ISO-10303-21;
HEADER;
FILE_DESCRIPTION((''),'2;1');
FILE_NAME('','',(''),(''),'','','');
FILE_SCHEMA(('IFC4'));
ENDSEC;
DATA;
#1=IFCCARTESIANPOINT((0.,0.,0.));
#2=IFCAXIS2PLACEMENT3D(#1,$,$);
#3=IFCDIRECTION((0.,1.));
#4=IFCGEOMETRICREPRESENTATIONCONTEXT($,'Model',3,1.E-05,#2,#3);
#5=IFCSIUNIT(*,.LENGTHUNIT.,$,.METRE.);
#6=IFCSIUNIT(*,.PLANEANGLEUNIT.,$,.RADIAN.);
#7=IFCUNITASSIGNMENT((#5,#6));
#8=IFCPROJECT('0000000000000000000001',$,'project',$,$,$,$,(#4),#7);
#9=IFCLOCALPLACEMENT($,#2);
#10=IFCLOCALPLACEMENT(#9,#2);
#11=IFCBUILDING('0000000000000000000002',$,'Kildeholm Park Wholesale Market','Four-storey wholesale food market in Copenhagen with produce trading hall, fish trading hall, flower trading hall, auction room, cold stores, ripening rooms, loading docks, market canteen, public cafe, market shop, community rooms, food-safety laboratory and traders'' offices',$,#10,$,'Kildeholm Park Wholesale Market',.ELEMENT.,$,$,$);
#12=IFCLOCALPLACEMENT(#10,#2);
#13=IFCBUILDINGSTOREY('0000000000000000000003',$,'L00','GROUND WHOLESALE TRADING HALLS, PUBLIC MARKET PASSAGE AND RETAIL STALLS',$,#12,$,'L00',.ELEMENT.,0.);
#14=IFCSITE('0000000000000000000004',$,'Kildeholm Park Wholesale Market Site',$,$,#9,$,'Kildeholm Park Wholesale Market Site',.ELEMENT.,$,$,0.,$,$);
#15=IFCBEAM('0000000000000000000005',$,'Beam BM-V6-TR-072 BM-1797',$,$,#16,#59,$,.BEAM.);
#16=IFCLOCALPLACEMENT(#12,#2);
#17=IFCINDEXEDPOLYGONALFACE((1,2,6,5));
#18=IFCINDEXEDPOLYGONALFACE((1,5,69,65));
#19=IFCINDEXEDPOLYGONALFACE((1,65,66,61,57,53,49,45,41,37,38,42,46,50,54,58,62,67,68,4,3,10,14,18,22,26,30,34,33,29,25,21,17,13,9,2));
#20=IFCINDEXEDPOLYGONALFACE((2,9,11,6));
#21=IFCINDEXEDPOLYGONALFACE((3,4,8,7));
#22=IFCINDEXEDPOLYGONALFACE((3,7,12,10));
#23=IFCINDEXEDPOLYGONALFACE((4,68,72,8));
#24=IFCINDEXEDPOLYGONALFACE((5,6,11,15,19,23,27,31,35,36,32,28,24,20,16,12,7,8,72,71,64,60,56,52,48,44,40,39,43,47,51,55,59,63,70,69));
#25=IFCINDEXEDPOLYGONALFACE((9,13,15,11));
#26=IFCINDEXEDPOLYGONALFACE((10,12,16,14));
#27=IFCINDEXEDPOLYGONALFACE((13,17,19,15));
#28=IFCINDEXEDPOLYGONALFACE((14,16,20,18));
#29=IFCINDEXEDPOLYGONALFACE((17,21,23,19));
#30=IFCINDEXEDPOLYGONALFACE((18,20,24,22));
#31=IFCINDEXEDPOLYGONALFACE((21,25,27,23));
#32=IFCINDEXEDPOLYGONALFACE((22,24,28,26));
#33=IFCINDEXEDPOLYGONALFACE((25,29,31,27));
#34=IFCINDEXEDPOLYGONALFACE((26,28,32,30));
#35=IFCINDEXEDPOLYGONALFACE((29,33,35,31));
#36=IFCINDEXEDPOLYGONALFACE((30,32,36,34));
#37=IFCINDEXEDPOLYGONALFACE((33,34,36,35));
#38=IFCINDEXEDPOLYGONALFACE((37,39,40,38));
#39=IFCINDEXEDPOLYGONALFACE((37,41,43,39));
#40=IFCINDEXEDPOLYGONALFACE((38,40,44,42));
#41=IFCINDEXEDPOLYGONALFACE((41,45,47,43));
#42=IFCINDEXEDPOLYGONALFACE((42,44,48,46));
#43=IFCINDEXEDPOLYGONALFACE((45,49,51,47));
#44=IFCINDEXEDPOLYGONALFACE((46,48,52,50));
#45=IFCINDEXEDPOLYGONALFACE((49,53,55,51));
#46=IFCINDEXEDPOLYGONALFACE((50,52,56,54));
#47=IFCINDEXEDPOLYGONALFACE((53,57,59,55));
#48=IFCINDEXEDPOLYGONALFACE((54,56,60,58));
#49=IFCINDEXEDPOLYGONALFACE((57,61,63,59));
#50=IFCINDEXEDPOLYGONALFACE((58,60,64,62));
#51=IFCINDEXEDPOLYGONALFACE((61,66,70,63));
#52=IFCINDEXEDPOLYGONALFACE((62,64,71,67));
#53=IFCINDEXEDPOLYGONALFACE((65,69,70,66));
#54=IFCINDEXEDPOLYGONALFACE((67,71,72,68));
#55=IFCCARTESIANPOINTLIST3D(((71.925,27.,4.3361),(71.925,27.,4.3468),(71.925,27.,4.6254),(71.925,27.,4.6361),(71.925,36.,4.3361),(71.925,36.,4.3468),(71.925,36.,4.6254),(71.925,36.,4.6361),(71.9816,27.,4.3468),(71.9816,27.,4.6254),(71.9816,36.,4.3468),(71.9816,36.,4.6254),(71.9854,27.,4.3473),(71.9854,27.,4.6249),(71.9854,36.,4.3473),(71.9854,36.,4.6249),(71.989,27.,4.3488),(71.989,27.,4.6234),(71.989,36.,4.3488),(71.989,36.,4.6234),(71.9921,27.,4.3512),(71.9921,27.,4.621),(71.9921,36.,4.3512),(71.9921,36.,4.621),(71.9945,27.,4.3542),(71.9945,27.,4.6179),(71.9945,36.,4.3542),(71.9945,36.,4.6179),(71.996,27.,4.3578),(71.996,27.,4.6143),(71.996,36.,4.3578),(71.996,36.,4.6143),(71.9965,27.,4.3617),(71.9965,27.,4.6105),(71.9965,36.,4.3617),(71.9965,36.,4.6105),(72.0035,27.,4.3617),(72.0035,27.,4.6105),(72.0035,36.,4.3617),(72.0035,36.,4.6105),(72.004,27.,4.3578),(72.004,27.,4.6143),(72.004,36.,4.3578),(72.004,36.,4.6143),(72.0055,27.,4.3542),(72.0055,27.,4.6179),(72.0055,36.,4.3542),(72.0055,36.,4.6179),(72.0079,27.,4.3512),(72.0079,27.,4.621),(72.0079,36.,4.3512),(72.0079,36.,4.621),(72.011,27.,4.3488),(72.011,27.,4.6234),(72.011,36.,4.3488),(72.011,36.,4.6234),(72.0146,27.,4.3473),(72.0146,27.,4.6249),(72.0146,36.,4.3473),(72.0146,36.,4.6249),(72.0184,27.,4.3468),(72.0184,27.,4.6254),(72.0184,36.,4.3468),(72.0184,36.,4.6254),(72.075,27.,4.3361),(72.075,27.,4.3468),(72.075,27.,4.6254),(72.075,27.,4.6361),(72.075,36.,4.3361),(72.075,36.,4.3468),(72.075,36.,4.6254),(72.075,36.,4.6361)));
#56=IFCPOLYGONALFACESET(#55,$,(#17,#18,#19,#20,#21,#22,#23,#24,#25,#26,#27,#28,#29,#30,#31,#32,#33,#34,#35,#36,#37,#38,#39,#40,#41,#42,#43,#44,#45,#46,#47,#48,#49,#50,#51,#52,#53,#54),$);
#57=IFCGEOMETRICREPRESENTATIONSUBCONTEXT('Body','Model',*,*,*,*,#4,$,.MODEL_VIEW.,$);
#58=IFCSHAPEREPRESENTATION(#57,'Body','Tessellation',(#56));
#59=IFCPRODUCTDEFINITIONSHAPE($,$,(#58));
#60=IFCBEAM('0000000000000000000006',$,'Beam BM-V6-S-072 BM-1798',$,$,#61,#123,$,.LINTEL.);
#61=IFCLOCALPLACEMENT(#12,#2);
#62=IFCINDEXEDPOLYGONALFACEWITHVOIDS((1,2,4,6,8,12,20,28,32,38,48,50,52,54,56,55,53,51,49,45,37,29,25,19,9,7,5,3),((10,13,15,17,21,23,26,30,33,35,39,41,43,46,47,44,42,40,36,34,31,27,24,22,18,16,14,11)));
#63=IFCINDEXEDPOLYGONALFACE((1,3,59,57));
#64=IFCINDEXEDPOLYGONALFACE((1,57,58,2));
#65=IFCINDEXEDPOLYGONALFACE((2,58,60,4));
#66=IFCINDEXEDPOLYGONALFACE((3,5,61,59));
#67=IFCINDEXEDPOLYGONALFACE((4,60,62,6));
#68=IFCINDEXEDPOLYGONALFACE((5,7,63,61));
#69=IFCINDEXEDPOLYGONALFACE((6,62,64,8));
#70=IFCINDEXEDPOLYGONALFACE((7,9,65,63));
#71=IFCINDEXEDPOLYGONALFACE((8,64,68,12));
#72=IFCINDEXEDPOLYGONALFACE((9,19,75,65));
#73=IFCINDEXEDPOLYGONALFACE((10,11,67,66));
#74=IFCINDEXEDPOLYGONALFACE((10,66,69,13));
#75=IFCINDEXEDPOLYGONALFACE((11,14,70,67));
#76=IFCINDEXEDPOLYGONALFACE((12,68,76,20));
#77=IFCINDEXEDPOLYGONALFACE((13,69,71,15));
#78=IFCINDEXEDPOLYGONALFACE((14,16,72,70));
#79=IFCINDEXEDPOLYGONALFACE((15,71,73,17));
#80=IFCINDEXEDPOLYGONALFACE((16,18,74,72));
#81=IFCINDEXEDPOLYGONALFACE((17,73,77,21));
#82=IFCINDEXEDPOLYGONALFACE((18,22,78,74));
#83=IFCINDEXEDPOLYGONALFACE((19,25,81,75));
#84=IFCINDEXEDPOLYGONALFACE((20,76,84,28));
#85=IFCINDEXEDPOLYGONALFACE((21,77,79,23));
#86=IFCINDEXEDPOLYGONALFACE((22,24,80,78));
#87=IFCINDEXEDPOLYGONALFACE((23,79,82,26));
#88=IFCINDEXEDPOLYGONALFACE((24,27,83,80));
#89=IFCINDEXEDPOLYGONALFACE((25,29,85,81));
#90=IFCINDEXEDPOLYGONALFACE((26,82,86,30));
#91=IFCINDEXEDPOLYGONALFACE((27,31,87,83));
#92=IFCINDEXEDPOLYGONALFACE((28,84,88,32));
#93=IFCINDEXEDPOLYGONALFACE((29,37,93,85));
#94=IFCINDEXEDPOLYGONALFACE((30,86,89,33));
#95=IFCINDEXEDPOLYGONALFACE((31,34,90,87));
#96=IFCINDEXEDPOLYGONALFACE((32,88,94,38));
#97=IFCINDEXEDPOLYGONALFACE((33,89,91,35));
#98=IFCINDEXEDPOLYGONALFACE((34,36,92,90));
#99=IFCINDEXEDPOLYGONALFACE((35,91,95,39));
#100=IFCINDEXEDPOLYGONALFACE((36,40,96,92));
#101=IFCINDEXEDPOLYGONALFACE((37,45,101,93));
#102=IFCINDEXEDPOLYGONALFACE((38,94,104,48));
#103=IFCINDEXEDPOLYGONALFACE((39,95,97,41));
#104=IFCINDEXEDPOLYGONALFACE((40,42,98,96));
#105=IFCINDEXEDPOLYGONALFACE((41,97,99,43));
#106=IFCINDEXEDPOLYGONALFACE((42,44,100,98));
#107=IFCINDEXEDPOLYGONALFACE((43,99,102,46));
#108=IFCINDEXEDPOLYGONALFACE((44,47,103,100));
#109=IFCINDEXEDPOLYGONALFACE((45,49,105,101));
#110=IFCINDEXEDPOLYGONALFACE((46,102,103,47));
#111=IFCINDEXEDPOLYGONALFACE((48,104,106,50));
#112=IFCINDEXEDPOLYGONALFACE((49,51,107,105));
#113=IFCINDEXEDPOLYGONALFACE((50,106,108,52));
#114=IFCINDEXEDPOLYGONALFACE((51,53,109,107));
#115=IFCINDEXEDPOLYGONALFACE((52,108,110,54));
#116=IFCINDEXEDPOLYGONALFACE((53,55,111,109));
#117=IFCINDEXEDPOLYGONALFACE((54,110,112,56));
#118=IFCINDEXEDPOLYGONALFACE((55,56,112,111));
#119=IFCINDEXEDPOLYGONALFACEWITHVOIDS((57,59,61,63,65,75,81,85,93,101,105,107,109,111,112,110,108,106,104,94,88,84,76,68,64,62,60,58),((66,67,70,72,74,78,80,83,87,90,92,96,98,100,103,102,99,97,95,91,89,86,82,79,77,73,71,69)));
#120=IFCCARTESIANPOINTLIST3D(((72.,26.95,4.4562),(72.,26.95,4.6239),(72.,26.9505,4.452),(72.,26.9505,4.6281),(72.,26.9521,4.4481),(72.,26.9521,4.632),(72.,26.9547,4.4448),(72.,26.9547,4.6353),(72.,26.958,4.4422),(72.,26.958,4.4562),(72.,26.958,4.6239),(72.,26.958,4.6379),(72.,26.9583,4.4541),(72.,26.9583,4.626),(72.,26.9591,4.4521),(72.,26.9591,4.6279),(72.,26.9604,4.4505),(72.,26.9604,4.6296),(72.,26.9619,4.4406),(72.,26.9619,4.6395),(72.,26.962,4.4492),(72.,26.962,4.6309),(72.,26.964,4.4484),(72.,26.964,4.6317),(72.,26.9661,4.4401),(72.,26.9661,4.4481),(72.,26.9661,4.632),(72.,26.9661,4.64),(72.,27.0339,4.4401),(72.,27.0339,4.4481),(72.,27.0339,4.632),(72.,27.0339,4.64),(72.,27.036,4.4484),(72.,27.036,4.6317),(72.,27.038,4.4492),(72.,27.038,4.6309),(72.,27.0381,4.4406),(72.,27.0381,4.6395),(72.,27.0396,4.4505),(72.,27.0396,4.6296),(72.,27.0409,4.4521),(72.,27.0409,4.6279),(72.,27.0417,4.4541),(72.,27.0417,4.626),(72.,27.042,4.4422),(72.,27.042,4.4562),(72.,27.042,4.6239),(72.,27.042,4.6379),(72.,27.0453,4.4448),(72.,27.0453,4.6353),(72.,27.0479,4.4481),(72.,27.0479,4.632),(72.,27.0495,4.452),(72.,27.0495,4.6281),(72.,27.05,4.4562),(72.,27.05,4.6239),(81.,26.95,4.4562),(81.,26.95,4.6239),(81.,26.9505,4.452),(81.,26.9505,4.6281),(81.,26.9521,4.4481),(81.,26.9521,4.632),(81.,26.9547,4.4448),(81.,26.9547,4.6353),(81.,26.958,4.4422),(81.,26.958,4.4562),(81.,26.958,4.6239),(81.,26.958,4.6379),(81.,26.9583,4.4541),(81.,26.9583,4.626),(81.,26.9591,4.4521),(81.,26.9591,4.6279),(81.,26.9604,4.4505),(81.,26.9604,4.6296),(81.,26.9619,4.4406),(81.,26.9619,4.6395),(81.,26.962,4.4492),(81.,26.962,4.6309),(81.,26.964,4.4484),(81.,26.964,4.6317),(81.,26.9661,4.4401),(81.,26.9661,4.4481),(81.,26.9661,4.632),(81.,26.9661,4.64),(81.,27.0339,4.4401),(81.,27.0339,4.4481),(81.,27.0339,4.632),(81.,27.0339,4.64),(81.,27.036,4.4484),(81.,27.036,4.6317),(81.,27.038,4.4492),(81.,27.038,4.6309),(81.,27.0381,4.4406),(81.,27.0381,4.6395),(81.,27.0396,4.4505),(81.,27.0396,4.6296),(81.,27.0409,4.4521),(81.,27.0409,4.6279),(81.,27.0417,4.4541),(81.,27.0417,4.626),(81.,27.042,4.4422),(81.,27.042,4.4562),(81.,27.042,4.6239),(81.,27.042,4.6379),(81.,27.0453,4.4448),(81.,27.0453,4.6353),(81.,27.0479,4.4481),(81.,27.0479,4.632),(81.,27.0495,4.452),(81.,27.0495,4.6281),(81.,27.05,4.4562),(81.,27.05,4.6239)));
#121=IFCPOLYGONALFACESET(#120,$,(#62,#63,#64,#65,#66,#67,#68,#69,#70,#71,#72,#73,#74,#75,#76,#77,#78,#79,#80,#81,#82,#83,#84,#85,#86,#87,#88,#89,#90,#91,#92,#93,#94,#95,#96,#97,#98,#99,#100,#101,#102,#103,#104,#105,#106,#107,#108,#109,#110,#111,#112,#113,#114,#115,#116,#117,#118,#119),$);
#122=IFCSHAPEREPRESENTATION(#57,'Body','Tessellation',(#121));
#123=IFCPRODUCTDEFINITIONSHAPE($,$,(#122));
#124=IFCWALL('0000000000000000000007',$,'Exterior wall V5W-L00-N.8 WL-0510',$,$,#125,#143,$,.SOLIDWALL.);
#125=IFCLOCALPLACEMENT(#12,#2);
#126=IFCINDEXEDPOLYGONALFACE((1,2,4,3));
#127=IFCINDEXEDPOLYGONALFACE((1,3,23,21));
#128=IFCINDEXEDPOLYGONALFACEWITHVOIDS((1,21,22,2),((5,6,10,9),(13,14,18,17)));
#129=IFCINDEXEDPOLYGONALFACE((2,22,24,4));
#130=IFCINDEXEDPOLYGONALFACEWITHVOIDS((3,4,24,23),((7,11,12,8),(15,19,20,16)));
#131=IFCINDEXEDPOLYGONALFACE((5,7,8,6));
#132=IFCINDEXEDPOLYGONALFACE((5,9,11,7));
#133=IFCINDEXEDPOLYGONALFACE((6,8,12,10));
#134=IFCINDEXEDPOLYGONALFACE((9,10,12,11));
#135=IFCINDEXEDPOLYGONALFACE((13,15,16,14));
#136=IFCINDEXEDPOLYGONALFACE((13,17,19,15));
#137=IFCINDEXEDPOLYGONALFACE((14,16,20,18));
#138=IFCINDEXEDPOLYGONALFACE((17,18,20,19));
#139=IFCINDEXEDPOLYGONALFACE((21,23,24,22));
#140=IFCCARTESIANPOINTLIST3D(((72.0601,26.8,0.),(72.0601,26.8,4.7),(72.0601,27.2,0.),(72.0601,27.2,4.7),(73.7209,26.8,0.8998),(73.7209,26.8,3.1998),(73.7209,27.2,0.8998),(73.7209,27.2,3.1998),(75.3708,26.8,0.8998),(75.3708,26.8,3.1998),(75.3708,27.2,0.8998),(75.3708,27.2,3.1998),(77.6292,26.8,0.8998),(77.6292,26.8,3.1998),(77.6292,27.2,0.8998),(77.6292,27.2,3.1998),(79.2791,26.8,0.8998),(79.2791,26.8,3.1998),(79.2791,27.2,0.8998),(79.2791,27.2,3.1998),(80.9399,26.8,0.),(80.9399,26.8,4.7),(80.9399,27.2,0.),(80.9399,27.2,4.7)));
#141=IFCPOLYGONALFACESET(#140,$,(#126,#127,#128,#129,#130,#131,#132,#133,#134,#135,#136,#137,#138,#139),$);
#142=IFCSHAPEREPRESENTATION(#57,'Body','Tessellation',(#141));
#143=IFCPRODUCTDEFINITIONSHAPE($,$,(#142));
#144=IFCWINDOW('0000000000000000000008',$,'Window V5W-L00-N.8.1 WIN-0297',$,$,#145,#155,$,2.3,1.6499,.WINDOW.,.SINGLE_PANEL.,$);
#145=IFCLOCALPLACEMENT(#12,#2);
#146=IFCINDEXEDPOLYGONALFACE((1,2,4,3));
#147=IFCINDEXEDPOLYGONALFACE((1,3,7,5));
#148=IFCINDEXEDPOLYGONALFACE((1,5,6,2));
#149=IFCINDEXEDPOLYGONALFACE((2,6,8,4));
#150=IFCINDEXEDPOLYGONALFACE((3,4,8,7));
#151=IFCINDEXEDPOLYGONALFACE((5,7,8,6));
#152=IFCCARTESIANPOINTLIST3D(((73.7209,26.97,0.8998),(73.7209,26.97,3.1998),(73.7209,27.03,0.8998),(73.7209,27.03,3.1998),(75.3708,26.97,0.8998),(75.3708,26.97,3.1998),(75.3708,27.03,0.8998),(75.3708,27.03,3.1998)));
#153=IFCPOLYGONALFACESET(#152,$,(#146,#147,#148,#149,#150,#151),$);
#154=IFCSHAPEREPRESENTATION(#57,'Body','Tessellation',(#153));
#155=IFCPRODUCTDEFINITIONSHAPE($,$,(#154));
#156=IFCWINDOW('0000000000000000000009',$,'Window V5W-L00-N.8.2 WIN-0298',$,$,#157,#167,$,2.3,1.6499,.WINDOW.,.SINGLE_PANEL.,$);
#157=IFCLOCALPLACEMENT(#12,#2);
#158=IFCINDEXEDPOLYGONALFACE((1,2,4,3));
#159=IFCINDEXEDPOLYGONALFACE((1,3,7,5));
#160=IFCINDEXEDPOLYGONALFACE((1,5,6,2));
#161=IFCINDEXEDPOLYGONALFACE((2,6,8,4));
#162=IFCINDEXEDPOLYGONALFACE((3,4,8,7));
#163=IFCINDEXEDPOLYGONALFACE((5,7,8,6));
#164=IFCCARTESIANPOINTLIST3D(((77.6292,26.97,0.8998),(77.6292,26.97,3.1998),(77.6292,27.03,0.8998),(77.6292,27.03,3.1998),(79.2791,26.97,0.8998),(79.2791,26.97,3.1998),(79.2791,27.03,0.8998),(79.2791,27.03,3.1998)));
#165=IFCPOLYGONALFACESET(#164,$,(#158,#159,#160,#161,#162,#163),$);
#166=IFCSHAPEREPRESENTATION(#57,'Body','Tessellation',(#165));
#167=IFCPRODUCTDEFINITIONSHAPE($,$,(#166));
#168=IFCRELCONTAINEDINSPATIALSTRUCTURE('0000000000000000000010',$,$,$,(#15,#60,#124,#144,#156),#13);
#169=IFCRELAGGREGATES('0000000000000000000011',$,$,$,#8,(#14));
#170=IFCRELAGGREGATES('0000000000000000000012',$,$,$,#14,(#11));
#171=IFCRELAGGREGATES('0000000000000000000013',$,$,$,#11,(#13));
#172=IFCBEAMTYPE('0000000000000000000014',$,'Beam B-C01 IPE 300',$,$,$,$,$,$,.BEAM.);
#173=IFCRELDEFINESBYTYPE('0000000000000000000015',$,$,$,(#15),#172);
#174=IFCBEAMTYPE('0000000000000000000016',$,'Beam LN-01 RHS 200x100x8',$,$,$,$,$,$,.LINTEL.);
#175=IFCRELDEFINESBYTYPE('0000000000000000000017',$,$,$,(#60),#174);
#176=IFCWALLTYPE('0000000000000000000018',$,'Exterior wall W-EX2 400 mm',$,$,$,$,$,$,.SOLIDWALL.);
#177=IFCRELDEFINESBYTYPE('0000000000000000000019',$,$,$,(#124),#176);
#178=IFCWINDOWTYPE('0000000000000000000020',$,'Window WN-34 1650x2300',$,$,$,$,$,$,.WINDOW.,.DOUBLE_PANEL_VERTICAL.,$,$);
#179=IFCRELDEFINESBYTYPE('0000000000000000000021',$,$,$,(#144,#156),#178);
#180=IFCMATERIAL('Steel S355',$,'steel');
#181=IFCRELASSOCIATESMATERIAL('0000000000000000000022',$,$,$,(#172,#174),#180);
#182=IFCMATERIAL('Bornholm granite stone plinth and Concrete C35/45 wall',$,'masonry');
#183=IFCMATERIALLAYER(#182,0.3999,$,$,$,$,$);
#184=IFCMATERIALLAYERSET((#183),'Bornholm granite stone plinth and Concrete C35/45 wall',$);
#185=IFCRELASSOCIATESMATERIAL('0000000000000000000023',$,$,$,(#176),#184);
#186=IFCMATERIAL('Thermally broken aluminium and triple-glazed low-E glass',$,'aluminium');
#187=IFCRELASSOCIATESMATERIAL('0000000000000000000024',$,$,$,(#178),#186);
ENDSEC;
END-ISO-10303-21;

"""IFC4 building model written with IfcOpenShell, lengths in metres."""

from ifc_helpers import new_model, si_unit, direction, frame, frame_2d, origin, origin_2d, place, context, subcontext, project, spatial, rectangle, hollow_rectangle, i_section, extrude, material, layer, layer_set, material_profile, profile_set, type_object, element, fill, save


model = new_model("IFC4")

# Units and contexts
model_context = context("Model", 3, precision=1e-05, world=origin(), true_north=direction((0.0, 1.0)))
body_context = subcontext(model_context, "Body", "Model", "MODEL_VIEW")
ifc_project = project(units=[si_unit("LENGTHUNIT", "METRE"), si_unit("PLANEANGLEUNIT", "RADIAN")], contexts=[model_context])

# Site, building, storey
site_placement = place(None, origin())
site = spatial("IfcSite", under=ifc_project, at=site_placement, Name="Kildeholm Park Wholesale Market Site", LongName="Kildeholm Park Wholesale Market Site", CompositionType="ELEMENT", RefElevation=0.0)
building_placement = place(site_placement, origin())
building = spatial("IfcBuilding", under=site, at=building_placement, Name="Kildeholm Park Wholesale Market", Description="Four-storey wholesale food market in Copenhagen with produce trading hall, fish trading hall, flower trading hall, auction room, cold stores, ripening rooms, loading docks, market canteen, public cafe, market shop, community rooms, food-safety laboratory and traders' offices", LongName="Kildeholm Park Wholesale Market", CompositionType="ELEMENT")
storey_placement = place(building_placement, origin())
storey = spatial("IfcBuildingStorey", under=building, at=storey_placement, Name="L00", Description="GROUND WHOLESALE TRADING HALLS, PUBLIC MARKET PASSAGE AND RETAIL STALLS", LongName="L00", CompositionType="ELEMENT", Elevation=0.0)

# Shared definitions
ifc_material_1 = material(Name="Steel S355", Category="steel")

# Beams
ifc_material_profile_1 = material_profile(ifc_material_1, i_section(OverallWidth=0.1499, OverallDepth=0.3, WebThickness=0.0071, FlangeThickness=0.0107, FilletRadius=0.0149, at=origin_2d()), Name="IPE 300")
ifc_profile_set_1 = profile_set([ifc_material_profile_1], Name="Steel S355")
beam_type_1 = type_object("IfcBeamType", Name="Beam B-C01 IPE 300", PredefinedType="BEAM", material=ifc_profile_set_1)
beam_1_placement = place(storey_placement, frame((72.0, 27.0, 4.4861), z_axis=(0.0, 1.0, 0.0), x_axis=(-1.0, 0.0, 0.0)))
element("IfcBeam", 1, at=beam_1_placement, inside=storey, type_object=beam_type_1, Name="Beam BM-V6-TR-072 BM-1797", PredefinedType="BEAM", context=body_context, shape_type="SweptSolid", body=[
    extrude(i_section(OverallWidth=0.1499, OverallDepth=0.3, WebThickness=0.0071, FlangeThickness=0.0107, FilletRadius=0.0149, at=origin_2d()), origin(), (0.0, 0.0, 1.0), 9.0),
])
ifc_material_profile_2 = material_profile(ifc_material_1, hollow_rectangle(XDim=0.1001, YDim=0.2, WallThickness=0.0081, InnerFilletRadius=0.0081, OuterFilletRadius=0.0161, at=origin_2d()), Name="RHS 200x100x8")
ifc_profile_set_2 = profile_set([ifc_material_profile_2], Name="Steel S355")
beam_type_2 = type_object("IfcBeamType", Name="Beam LN-01 RHS 200x100x8", PredefinedType="LINTEL", material=ifc_profile_set_2)
beam_2_placement = place(storey_placement, frame((72.0, 27.0, 4.54), z_axis=(1.0, 0.0, 0.0), x_axis=(0.0, 1.0, 0.0)))
element("IfcBeam", 2, at=beam_2_placement, inside=storey, type_object=beam_type_2, Name="Beam BM-V6-S-072 BM-1798", PredefinedType="LINTEL", context=body_context, shape_type="SweptSolid", body=[
    extrude(hollow_rectangle(XDim=0.1001, YDim=0.2, WallThickness=0.0081, InnerFilletRadius=0.0081, OuterFilletRadius=0.0161, at=origin_2d()), origin(), (0.0, 0.0, 1.0), 9.0),
])

# Wall, openings, windows
ifc_material_2 = material(Name="Bornholm granite stone plinth and Concrete C35/45 wall", Category="masonry")
ifc_layer_1 = layer(ifc_material_2, 0.3999)
ifc_layer_set_1 = layer_set([ifc_layer_1], Name="Bornholm granite stone plinth and Concrete C35/45 wall")
wall_type_1 = type_object("IfcWallType", Name="Exterior wall W-EX2 400 mm", PredefinedType="SOLIDWALL", material=ifc_layer_set_1)
wall_1_placement = place(storey_placement, frame((72.0601, 27.0, 0.0), z_axis=(0.0, 0.0, 1.0), x_axis=(1.0, 0.0, 0.0)))
wall_1 = element("IfcWall", 3, at=wall_1_placement, inside=storey, type_object=wall_type_1, Name="Exterior wall V5W-L00-N.8 WL-0510", PredefinedType="SOLIDWALL", context=body_context, shape_type="SweptSolid", body=[
    extrude(rectangle(XDim=8.8799, YDim=0.3999, at=frame_2d((4.4399, 0.0))), origin(), (0.0, 0.0, 1.0), 4.7),
])
opening_1_placement = place(wall_1_placement, frame((1.6609, 0.0, 0.8999)))
opening_1 = element("IfcOpeningElement", 4, at=opening_1_placement, cuts=wall_1, PredefinedType="OPENING", context=body_context, shape_type="SweptSolid", body=[
    extrude(rectangle(XDim=1.6499, YDim=2.3, at=frame_2d((0.825, 1.1499))), frame((0.0, 0.21, 0.0), z_axis=(0.0, -1.0, 0.0), x_axis=(1.0, 0.0, 0.0)), (0.0, 0.0, 1.0), 0.4199),
])
opening_2_placement = place(wall_1_placement, frame((5.5691, 0.0, 0.8999)))
opening_2 = element("IfcOpeningElement", 5, at=opening_2_placement, cuts=wall_1, PredefinedType="OPENING", context=body_context, shape_type="SweptSolid", body=[
    extrude(rectangle(XDim=1.6499, YDim=2.3, at=frame_2d((0.825, 1.1499))), frame((0.0, 0.21, 0.0), z_axis=(0.0, -1.0, 0.0), x_axis=(1.0, 0.0, 0.0)), (0.0, 0.0, 1.0), 0.4199),
])
ifc_material_3 = material(Name="Thermally broken aluminium and triple-glazed low-E glass", Category="aluminium")
window_type = type_object("IfcWindowType", Name="Window WN-34 1650x2300", PartitioningType="DOUBLE_PANEL_VERTICAL", PredefinedType="WINDOW", material=ifc_material_3)
window_1_placement = place(opening_1_placement, origin())
window_1 = element("IfcWindow", 6, at=window_1_placement, inside=storey, type_object=window_type, Name="Window V5W-L00-N.8.1 WIN-0297", OverallHeight=2.3, OverallWidth=1.6499, PartitioningType="SINGLE_PANEL", PredefinedType="WINDOW", context=body_context, shape_type="SweptSolid", body=[
    extrude(rectangle(XDim=1.6499, YDim=2.3, at=frame_2d((0.825, 1.1499))), frame((0.0, 0.03, 0.0), z_axis=(0.0, -1.0, 0.0), x_axis=(1.0, 0.0, 0.0)), (0.0, 0.0, 1.0), 0.0601),
])
fill(opening_1, window_1)
window_2_placement = place(opening_2_placement, origin())
window_2 = element("IfcWindow", 7, at=window_2_placement, inside=storey, type_object=window_type, Name="Window V5W-L00-N.8.2 WIN-0298", OverallHeight=2.3, OverallWidth=1.6499, PartitioningType="SINGLE_PANEL", PredefinedType="WINDOW", context=body_context, shape_type="SweptSolid", body=[
    extrude(rectangle(XDim=1.6499, YDim=2.3, at=frame_2d((0.825, 1.1499))), frame((0.0, 0.03, 0.0), z_axis=(0.0, -1.0, 0.0), x_axis=(1.0, 0.0, 0.0)), (0.0, 0.0, 1.0), 0.0601),
])
fill(opening_2, window_2)

save(model, "model.ifc")
